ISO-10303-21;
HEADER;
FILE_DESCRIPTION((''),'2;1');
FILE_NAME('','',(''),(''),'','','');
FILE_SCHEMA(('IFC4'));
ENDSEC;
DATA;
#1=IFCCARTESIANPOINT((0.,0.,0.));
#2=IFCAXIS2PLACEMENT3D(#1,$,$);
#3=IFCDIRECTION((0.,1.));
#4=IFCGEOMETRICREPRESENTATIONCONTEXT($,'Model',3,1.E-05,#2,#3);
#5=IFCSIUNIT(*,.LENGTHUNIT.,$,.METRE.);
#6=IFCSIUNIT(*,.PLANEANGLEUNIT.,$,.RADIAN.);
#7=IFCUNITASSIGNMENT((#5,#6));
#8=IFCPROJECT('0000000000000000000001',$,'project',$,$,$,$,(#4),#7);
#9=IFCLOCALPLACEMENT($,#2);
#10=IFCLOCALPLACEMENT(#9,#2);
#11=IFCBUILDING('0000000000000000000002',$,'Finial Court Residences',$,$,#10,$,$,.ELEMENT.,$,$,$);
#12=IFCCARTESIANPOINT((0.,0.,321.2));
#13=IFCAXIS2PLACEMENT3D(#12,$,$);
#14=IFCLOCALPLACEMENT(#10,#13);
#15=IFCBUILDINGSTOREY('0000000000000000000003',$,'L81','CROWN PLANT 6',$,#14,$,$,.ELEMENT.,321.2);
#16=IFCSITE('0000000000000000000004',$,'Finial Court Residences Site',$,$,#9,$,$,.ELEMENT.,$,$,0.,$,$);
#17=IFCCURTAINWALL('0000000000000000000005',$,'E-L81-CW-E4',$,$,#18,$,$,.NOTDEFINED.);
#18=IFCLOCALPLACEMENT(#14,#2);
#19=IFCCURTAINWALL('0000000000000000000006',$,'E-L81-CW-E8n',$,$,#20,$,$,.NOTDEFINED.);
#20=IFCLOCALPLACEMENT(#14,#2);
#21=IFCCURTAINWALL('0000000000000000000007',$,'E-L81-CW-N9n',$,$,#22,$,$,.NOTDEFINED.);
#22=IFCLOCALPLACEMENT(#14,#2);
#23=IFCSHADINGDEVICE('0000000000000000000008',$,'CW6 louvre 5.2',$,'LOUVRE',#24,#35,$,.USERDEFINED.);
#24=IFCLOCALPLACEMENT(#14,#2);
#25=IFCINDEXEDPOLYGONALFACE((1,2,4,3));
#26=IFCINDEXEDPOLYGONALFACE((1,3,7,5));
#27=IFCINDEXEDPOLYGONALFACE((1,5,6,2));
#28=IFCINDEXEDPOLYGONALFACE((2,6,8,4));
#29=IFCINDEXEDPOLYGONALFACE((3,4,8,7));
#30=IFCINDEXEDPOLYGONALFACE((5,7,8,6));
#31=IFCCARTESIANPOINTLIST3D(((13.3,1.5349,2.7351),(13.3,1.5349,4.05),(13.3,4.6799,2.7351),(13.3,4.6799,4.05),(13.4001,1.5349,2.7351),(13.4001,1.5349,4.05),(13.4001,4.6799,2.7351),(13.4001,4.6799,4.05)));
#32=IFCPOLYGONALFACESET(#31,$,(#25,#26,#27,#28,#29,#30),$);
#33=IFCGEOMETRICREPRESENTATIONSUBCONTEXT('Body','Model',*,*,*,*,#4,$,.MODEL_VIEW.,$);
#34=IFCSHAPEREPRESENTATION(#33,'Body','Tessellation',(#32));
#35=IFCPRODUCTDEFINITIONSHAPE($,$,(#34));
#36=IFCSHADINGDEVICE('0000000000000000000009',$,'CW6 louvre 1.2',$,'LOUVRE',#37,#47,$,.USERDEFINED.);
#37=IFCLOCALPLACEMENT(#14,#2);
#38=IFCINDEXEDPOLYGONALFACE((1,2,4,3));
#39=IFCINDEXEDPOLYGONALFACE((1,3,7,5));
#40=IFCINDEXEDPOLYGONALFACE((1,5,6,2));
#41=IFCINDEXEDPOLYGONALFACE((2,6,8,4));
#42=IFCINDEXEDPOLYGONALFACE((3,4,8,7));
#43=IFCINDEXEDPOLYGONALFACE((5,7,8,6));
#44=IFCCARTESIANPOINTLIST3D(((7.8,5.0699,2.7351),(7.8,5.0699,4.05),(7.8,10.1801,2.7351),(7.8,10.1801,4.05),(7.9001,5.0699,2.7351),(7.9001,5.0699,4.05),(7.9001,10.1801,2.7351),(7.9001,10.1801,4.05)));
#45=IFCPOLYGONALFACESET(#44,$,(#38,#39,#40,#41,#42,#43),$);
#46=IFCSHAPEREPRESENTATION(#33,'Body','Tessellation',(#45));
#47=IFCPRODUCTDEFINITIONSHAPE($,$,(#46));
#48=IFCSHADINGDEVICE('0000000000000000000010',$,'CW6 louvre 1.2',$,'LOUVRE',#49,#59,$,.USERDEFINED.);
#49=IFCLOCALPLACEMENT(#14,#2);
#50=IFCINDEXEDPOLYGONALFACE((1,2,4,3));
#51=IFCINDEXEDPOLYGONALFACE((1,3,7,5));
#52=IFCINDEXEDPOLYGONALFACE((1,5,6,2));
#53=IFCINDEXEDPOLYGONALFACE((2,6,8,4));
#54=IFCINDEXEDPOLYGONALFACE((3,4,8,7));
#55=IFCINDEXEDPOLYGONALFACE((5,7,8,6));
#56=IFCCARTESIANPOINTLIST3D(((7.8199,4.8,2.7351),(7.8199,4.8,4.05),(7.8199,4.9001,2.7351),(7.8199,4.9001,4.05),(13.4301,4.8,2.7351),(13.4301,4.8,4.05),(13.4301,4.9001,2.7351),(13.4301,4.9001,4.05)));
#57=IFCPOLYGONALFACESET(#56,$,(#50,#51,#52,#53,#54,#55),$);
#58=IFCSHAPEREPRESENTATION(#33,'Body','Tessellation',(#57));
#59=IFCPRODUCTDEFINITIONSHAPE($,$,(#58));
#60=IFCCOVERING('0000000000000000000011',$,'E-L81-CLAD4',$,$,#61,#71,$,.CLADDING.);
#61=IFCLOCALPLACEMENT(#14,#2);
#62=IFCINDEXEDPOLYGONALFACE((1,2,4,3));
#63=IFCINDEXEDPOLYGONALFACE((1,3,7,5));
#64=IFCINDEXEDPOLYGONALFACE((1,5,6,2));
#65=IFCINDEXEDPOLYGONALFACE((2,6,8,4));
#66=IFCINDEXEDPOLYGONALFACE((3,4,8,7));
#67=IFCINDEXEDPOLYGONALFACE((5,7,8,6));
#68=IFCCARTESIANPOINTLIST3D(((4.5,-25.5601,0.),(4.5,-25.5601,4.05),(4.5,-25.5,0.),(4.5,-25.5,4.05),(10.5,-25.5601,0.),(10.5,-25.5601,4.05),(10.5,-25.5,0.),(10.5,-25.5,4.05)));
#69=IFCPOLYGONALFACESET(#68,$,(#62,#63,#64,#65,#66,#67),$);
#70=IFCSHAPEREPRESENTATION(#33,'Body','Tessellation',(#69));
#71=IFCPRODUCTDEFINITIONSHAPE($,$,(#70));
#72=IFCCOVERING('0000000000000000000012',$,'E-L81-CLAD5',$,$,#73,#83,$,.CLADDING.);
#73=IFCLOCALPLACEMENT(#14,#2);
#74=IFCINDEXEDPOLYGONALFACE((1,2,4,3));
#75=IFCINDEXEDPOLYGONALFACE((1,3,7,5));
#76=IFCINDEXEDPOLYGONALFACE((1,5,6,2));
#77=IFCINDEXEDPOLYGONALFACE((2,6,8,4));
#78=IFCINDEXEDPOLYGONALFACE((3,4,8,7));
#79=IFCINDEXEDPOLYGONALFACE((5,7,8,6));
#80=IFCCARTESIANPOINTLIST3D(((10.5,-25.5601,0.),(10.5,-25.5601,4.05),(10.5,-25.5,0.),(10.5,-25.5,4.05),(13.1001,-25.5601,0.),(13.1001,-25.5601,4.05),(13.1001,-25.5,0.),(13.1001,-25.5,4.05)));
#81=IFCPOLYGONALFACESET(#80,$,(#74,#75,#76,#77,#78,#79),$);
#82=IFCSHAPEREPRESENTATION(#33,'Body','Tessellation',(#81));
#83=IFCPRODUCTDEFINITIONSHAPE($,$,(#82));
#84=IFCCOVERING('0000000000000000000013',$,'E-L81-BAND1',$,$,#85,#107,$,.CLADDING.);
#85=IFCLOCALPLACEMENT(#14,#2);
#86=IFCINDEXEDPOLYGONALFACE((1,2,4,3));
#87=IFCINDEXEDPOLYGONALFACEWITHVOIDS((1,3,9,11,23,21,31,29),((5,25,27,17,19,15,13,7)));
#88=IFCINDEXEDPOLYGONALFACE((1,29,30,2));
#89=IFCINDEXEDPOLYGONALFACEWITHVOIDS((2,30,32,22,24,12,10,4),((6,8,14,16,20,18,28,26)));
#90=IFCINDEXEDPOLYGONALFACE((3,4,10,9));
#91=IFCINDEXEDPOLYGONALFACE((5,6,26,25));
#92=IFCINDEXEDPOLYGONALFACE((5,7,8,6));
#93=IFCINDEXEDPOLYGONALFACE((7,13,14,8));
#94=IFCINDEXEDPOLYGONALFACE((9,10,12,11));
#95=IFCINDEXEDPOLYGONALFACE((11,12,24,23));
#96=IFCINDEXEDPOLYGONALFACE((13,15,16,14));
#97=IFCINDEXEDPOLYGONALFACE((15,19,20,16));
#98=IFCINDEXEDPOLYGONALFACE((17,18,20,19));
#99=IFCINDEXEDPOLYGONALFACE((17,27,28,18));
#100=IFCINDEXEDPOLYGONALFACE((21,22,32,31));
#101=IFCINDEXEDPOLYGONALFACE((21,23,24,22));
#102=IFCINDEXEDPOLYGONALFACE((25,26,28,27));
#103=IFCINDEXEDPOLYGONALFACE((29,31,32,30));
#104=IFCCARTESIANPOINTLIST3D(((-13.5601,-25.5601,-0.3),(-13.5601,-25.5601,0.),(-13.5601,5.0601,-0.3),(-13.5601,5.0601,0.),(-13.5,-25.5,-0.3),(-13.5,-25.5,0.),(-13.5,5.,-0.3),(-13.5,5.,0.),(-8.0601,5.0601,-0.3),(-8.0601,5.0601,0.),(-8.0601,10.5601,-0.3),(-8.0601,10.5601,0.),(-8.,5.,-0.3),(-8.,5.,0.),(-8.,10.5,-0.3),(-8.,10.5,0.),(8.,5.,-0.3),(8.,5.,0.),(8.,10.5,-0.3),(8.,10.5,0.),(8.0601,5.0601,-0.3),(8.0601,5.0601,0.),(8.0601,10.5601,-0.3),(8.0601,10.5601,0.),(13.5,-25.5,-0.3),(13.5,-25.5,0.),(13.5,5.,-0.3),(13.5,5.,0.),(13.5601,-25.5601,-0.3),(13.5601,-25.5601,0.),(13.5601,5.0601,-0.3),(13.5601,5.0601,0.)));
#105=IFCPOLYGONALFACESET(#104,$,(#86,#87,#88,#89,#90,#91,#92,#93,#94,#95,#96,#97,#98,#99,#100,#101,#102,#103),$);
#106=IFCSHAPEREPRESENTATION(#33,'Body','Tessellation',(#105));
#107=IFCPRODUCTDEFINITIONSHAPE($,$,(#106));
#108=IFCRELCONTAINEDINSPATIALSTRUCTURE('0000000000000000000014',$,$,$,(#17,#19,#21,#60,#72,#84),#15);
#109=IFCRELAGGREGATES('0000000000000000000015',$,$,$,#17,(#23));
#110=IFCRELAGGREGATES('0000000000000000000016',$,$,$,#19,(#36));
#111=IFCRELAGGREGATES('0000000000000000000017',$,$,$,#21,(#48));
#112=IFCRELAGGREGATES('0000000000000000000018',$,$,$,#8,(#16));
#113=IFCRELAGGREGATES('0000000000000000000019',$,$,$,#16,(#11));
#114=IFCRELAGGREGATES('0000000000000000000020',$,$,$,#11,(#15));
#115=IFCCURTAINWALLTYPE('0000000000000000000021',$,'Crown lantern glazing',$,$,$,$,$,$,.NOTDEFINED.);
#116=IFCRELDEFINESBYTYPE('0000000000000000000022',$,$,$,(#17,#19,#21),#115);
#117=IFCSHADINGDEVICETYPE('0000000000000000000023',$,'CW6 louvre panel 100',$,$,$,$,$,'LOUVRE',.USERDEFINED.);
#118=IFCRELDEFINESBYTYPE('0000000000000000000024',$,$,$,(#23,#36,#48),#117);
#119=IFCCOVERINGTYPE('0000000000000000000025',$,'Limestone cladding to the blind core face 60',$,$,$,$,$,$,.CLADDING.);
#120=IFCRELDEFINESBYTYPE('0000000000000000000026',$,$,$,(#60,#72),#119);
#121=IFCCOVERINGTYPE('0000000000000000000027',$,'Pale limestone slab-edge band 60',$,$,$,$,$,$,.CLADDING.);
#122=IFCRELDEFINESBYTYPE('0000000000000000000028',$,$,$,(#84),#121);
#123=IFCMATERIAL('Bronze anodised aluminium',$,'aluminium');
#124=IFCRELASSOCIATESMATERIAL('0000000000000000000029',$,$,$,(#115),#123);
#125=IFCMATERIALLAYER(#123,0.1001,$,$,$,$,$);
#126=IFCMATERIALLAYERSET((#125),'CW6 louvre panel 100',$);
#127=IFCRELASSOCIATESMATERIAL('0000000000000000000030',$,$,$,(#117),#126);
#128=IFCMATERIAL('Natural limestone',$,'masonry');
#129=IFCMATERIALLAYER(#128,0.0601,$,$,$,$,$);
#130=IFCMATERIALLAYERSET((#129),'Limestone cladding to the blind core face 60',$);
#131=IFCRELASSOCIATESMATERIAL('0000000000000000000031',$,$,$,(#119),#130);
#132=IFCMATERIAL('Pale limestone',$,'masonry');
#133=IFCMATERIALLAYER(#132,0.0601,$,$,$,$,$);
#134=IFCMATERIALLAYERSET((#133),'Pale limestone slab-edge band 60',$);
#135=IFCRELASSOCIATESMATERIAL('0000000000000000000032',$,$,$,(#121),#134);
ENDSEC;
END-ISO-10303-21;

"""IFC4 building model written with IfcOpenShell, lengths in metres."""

from ifc_helpers import new_model, si_unit, direction, frame, origin, origin_2d, place, context, subcontext, project, spatial, polyline, rectangle, outline, extrude, material, layer, layer_set, type_object, element, aggregate, save


model = new_model("IFC4")

# Units and contexts
model_context = context("Model", 3, precision=1e-05, world=origin(), true_north=direction((0.0, 1.0)))
body_context = subcontext(model_context, "Body", "Model", "MODEL_VIEW")
ifc_project = project(units=[si_unit("LENGTHUNIT", "METRE"), si_unit("PLANEANGLEUNIT", "RADIAN")], contexts=[model_context])

# Site, building, storey
site_placement = place(None, origin())
site = spatial("IfcSite", under=ifc_project, at=site_placement, Name="Finial Court Residences Site", CompositionType="ELEMENT", RefElevation=0.0)
building_placement = place(site_placement, origin())
building = spatial("IfcBuilding", under=site, at=building_placement, Name="Finial Court Residences", CompositionType="ELEMENT")
storey_placement = place(building_placement, frame((0.0, 0.0, 321.2)))
storey = spatial("IfcBuildingStorey", under=building, at=storey_placement, Name="L81", Description="CROWN PLANT 6", CompositionType="ELEMENT", Elevation=321.2)

# Curtain walls
ifc_material_1 = material(Name="Bronze anodised aluminium", Category="aluminium")
curtain_wall_type = type_object("IfcCurtainWallType", Name="Crown lantern glazing", PredefinedType="NOTDEFINED", material=ifc_material_1)
curtain_wall_1_placement = place(storey_placement, origin())
curtain_wall_1 = element("IfcCurtainWall", 1, at=curtain_wall_1_placement, inside=storey, type_object=curtain_wall_type, Name="E-L81-CW-E4", PredefinedType="NOTDEFINED")
curtain_wall_2_placement = place(storey_placement, origin())
curtain_wall_2 = element("IfcCurtainWall", 2, at=curtain_wall_2_placement, inside=storey, type_object=curtain_wall_type, Name="E-L81-CW-E8n", PredefinedType="NOTDEFINED")
curtain_wall_3_placement = place(storey_placement, origin())
curtain_wall_3 = element("IfcCurtainWall", 3, at=curtain_wall_3_placement, inside=storey, type_object=curtain_wall_type, Name="E-L81-CW-N9n", PredefinedType="NOTDEFINED")

# Shading devices
ifc_layer_1 = layer(ifc_material_1, 0.1001)
ifc_layer_set_1 = layer_set([ifc_layer_1], Name="CW6 louvre panel 100")
shading_device_type = type_object("IfcShadingDeviceType", Name="CW6 louvre panel 100", ElementType="LOUVRE", PredefinedType="USERDEFINED", material=ifc_layer_set_1)
shading_device_1_placement = place(storey_placement, frame((13.3501, 3.1074, 2.7351), z_axis=(0.0, 0.0, 1.0), x_axis=(0.0, 1.0, 0.0)))
shading_device_1 = element("IfcShadingDevice", 4, at=shading_device_1_placement, type_object=shading_device_type, Name="CW6 louvre 5.2", ObjectType="LOUVRE", PredefinedType="USERDEFINED", context=body_context, shape_type="SweptSolid", body=[
    extrude(rectangle(XDim=3.145, YDim=0.1001, at=origin_2d()), origin(), (0.0, 0.0, 1.0), 1.3149),
])
aggregate(curtain_wall_1, [shading_device_1])
shading_device_2_placement = place(storey_placement, frame((7.8501, 7.625, 2.7351), z_axis=(0.0, 0.0, 1.0), x_axis=(0.0, 1.0, 0.0)))
shading_device_2 = element("IfcShadingDevice", 5, at=shading_device_2_placement, type_object=shading_device_type, Name="CW6 louvre 1.2", ObjectType="LOUVRE", PredefinedType="USERDEFINED", context=body_context, shape_type="SweptSolid", body=[
    extrude(rectangle(XDim=5.1101, YDim=0.1001, at=origin_2d()), origin(), (0.0, 0.0, 1.0), 1.3149),
])
aggregate(curtain_wall_2, [shading_device_2])
shading_device_3_placement = place(storey_placement, frame((10.625, 4.8501, 2.7351), z_axis=(0.0, 0.0, 1.0), x_axis=(1.0, 0.0, 0.0)))
shading_device_3 = element("IfcShadingDevice", 6, at=shading_device_3_placement, type_object=shading_device_type, Name="CW6 louvre 1.2", ObjectType="LOUVRE", PredefinedType="USERDEFINED", context=body_context, shape_type="SweptSolid", body=[
    extrude(rectangle(XDim=5.6101, YDim=0.1001, at=origin_2d()), origin(), (0.0, 0.0, 1.0), 1.3149),
])
aggregate(curtain_wall_3, [shading_device_3])

# Coverings
ifc_material_2 = material(Name="Natural limestone", Category="masonry")
ifc_layer_2 = layer(ifc_material_2, 0.0601)
ifc_layer_set_2 = layer_set([ifc_layer_2], Name="Limestone cladding to the blind core face 60")
covering_type_1 = type_object("IfcCoveringType", Name="Limestone cladding to the blind core face 60", PredefinedType="CLADDING", material=ifc_layer_set_2)
covering_1_placement = place(storey_placement, origin())
element("IfcCovering", 7, at=covering_1_placement, inside=storey, type_object=covering_type_1, Name="E-L81-CLAD4", PredefinedType="CLADDING", context=body_context, shape_type="SweptSolid", body=[
    extrude(outline(polyline([(10.5, -25.5601), (10.5, -25.5), (4.5, -25.5), (4.5, -25.5601), (10.5, -25.5601)])), origin(), (0.0, 0.0, 1.0), 4.05),
])
covering_2_placement = place(storey_placement, origin())
element("IfcCovering", 8, at=covering_2_placement, inside=storey, type_object=covering_type_1, Name="E-L81-CLAD5", PredefinedType="CLADDING", context=body_context, shape_type="SweptSolid", body=[
    extrude(outline(polyline([(13.1001, -25.5601), (13.1001, -25.5), (10.5, -25.5), (10.5, -25.5601), (13.1001, -25.5601)])), origin(), (0.0, 0.0, 1.0), 4.05),
])
ifc_material_3 = material(Name="Pale limestone", Category="masonry")
ifc_layer_3 = layer(ifc_material_3, 0.0601)
ifc_layer_set_3 = layer_set([ifc_layer_3], Name="Pale limestone slab-edge band 60")
covering_type_2 = type_object("IfcCoveringType", Name="Pale limestone slab-edge band 60", PredefinedType="CLADDING", material=ifc_layer_set_3)
covering_3_placement = place(storey_placement, frame((0.0, 0.0, -0.3)))
element("IfcCovering", 9, at=covering_3_placement, inside=storey, type_object=covering_type_2, Name="E-L81-BAND1", PredefinedType="CLADDING", context=body_context, shape_type="SweptSolid", body=[
    extrude(outline(polyline([(-13.5601, -25.5601), (-13.5601, 5.0601), (-8.0601, 5.0601), (-8.0601, 10.5601), (8.0601, 10.5601), (8.0601, 5.0601), (13.5601, 5.0601), (13.5601, -25.5601), (-13.5601, -25.5601)]), holes=[polyline([(13.5, 5.0), (8.0, 5.0), (8.0, 10.5), (-8.0, 10.5), (-8.0, 5.0), (-13.5, 5.0), (-13.5, -25.5), (13.5, -25.5), (13.5, 5.0)])]), origin(), (0.0, 0.0, 1.0), 0.3),
])

save(model, "model.ifc")
